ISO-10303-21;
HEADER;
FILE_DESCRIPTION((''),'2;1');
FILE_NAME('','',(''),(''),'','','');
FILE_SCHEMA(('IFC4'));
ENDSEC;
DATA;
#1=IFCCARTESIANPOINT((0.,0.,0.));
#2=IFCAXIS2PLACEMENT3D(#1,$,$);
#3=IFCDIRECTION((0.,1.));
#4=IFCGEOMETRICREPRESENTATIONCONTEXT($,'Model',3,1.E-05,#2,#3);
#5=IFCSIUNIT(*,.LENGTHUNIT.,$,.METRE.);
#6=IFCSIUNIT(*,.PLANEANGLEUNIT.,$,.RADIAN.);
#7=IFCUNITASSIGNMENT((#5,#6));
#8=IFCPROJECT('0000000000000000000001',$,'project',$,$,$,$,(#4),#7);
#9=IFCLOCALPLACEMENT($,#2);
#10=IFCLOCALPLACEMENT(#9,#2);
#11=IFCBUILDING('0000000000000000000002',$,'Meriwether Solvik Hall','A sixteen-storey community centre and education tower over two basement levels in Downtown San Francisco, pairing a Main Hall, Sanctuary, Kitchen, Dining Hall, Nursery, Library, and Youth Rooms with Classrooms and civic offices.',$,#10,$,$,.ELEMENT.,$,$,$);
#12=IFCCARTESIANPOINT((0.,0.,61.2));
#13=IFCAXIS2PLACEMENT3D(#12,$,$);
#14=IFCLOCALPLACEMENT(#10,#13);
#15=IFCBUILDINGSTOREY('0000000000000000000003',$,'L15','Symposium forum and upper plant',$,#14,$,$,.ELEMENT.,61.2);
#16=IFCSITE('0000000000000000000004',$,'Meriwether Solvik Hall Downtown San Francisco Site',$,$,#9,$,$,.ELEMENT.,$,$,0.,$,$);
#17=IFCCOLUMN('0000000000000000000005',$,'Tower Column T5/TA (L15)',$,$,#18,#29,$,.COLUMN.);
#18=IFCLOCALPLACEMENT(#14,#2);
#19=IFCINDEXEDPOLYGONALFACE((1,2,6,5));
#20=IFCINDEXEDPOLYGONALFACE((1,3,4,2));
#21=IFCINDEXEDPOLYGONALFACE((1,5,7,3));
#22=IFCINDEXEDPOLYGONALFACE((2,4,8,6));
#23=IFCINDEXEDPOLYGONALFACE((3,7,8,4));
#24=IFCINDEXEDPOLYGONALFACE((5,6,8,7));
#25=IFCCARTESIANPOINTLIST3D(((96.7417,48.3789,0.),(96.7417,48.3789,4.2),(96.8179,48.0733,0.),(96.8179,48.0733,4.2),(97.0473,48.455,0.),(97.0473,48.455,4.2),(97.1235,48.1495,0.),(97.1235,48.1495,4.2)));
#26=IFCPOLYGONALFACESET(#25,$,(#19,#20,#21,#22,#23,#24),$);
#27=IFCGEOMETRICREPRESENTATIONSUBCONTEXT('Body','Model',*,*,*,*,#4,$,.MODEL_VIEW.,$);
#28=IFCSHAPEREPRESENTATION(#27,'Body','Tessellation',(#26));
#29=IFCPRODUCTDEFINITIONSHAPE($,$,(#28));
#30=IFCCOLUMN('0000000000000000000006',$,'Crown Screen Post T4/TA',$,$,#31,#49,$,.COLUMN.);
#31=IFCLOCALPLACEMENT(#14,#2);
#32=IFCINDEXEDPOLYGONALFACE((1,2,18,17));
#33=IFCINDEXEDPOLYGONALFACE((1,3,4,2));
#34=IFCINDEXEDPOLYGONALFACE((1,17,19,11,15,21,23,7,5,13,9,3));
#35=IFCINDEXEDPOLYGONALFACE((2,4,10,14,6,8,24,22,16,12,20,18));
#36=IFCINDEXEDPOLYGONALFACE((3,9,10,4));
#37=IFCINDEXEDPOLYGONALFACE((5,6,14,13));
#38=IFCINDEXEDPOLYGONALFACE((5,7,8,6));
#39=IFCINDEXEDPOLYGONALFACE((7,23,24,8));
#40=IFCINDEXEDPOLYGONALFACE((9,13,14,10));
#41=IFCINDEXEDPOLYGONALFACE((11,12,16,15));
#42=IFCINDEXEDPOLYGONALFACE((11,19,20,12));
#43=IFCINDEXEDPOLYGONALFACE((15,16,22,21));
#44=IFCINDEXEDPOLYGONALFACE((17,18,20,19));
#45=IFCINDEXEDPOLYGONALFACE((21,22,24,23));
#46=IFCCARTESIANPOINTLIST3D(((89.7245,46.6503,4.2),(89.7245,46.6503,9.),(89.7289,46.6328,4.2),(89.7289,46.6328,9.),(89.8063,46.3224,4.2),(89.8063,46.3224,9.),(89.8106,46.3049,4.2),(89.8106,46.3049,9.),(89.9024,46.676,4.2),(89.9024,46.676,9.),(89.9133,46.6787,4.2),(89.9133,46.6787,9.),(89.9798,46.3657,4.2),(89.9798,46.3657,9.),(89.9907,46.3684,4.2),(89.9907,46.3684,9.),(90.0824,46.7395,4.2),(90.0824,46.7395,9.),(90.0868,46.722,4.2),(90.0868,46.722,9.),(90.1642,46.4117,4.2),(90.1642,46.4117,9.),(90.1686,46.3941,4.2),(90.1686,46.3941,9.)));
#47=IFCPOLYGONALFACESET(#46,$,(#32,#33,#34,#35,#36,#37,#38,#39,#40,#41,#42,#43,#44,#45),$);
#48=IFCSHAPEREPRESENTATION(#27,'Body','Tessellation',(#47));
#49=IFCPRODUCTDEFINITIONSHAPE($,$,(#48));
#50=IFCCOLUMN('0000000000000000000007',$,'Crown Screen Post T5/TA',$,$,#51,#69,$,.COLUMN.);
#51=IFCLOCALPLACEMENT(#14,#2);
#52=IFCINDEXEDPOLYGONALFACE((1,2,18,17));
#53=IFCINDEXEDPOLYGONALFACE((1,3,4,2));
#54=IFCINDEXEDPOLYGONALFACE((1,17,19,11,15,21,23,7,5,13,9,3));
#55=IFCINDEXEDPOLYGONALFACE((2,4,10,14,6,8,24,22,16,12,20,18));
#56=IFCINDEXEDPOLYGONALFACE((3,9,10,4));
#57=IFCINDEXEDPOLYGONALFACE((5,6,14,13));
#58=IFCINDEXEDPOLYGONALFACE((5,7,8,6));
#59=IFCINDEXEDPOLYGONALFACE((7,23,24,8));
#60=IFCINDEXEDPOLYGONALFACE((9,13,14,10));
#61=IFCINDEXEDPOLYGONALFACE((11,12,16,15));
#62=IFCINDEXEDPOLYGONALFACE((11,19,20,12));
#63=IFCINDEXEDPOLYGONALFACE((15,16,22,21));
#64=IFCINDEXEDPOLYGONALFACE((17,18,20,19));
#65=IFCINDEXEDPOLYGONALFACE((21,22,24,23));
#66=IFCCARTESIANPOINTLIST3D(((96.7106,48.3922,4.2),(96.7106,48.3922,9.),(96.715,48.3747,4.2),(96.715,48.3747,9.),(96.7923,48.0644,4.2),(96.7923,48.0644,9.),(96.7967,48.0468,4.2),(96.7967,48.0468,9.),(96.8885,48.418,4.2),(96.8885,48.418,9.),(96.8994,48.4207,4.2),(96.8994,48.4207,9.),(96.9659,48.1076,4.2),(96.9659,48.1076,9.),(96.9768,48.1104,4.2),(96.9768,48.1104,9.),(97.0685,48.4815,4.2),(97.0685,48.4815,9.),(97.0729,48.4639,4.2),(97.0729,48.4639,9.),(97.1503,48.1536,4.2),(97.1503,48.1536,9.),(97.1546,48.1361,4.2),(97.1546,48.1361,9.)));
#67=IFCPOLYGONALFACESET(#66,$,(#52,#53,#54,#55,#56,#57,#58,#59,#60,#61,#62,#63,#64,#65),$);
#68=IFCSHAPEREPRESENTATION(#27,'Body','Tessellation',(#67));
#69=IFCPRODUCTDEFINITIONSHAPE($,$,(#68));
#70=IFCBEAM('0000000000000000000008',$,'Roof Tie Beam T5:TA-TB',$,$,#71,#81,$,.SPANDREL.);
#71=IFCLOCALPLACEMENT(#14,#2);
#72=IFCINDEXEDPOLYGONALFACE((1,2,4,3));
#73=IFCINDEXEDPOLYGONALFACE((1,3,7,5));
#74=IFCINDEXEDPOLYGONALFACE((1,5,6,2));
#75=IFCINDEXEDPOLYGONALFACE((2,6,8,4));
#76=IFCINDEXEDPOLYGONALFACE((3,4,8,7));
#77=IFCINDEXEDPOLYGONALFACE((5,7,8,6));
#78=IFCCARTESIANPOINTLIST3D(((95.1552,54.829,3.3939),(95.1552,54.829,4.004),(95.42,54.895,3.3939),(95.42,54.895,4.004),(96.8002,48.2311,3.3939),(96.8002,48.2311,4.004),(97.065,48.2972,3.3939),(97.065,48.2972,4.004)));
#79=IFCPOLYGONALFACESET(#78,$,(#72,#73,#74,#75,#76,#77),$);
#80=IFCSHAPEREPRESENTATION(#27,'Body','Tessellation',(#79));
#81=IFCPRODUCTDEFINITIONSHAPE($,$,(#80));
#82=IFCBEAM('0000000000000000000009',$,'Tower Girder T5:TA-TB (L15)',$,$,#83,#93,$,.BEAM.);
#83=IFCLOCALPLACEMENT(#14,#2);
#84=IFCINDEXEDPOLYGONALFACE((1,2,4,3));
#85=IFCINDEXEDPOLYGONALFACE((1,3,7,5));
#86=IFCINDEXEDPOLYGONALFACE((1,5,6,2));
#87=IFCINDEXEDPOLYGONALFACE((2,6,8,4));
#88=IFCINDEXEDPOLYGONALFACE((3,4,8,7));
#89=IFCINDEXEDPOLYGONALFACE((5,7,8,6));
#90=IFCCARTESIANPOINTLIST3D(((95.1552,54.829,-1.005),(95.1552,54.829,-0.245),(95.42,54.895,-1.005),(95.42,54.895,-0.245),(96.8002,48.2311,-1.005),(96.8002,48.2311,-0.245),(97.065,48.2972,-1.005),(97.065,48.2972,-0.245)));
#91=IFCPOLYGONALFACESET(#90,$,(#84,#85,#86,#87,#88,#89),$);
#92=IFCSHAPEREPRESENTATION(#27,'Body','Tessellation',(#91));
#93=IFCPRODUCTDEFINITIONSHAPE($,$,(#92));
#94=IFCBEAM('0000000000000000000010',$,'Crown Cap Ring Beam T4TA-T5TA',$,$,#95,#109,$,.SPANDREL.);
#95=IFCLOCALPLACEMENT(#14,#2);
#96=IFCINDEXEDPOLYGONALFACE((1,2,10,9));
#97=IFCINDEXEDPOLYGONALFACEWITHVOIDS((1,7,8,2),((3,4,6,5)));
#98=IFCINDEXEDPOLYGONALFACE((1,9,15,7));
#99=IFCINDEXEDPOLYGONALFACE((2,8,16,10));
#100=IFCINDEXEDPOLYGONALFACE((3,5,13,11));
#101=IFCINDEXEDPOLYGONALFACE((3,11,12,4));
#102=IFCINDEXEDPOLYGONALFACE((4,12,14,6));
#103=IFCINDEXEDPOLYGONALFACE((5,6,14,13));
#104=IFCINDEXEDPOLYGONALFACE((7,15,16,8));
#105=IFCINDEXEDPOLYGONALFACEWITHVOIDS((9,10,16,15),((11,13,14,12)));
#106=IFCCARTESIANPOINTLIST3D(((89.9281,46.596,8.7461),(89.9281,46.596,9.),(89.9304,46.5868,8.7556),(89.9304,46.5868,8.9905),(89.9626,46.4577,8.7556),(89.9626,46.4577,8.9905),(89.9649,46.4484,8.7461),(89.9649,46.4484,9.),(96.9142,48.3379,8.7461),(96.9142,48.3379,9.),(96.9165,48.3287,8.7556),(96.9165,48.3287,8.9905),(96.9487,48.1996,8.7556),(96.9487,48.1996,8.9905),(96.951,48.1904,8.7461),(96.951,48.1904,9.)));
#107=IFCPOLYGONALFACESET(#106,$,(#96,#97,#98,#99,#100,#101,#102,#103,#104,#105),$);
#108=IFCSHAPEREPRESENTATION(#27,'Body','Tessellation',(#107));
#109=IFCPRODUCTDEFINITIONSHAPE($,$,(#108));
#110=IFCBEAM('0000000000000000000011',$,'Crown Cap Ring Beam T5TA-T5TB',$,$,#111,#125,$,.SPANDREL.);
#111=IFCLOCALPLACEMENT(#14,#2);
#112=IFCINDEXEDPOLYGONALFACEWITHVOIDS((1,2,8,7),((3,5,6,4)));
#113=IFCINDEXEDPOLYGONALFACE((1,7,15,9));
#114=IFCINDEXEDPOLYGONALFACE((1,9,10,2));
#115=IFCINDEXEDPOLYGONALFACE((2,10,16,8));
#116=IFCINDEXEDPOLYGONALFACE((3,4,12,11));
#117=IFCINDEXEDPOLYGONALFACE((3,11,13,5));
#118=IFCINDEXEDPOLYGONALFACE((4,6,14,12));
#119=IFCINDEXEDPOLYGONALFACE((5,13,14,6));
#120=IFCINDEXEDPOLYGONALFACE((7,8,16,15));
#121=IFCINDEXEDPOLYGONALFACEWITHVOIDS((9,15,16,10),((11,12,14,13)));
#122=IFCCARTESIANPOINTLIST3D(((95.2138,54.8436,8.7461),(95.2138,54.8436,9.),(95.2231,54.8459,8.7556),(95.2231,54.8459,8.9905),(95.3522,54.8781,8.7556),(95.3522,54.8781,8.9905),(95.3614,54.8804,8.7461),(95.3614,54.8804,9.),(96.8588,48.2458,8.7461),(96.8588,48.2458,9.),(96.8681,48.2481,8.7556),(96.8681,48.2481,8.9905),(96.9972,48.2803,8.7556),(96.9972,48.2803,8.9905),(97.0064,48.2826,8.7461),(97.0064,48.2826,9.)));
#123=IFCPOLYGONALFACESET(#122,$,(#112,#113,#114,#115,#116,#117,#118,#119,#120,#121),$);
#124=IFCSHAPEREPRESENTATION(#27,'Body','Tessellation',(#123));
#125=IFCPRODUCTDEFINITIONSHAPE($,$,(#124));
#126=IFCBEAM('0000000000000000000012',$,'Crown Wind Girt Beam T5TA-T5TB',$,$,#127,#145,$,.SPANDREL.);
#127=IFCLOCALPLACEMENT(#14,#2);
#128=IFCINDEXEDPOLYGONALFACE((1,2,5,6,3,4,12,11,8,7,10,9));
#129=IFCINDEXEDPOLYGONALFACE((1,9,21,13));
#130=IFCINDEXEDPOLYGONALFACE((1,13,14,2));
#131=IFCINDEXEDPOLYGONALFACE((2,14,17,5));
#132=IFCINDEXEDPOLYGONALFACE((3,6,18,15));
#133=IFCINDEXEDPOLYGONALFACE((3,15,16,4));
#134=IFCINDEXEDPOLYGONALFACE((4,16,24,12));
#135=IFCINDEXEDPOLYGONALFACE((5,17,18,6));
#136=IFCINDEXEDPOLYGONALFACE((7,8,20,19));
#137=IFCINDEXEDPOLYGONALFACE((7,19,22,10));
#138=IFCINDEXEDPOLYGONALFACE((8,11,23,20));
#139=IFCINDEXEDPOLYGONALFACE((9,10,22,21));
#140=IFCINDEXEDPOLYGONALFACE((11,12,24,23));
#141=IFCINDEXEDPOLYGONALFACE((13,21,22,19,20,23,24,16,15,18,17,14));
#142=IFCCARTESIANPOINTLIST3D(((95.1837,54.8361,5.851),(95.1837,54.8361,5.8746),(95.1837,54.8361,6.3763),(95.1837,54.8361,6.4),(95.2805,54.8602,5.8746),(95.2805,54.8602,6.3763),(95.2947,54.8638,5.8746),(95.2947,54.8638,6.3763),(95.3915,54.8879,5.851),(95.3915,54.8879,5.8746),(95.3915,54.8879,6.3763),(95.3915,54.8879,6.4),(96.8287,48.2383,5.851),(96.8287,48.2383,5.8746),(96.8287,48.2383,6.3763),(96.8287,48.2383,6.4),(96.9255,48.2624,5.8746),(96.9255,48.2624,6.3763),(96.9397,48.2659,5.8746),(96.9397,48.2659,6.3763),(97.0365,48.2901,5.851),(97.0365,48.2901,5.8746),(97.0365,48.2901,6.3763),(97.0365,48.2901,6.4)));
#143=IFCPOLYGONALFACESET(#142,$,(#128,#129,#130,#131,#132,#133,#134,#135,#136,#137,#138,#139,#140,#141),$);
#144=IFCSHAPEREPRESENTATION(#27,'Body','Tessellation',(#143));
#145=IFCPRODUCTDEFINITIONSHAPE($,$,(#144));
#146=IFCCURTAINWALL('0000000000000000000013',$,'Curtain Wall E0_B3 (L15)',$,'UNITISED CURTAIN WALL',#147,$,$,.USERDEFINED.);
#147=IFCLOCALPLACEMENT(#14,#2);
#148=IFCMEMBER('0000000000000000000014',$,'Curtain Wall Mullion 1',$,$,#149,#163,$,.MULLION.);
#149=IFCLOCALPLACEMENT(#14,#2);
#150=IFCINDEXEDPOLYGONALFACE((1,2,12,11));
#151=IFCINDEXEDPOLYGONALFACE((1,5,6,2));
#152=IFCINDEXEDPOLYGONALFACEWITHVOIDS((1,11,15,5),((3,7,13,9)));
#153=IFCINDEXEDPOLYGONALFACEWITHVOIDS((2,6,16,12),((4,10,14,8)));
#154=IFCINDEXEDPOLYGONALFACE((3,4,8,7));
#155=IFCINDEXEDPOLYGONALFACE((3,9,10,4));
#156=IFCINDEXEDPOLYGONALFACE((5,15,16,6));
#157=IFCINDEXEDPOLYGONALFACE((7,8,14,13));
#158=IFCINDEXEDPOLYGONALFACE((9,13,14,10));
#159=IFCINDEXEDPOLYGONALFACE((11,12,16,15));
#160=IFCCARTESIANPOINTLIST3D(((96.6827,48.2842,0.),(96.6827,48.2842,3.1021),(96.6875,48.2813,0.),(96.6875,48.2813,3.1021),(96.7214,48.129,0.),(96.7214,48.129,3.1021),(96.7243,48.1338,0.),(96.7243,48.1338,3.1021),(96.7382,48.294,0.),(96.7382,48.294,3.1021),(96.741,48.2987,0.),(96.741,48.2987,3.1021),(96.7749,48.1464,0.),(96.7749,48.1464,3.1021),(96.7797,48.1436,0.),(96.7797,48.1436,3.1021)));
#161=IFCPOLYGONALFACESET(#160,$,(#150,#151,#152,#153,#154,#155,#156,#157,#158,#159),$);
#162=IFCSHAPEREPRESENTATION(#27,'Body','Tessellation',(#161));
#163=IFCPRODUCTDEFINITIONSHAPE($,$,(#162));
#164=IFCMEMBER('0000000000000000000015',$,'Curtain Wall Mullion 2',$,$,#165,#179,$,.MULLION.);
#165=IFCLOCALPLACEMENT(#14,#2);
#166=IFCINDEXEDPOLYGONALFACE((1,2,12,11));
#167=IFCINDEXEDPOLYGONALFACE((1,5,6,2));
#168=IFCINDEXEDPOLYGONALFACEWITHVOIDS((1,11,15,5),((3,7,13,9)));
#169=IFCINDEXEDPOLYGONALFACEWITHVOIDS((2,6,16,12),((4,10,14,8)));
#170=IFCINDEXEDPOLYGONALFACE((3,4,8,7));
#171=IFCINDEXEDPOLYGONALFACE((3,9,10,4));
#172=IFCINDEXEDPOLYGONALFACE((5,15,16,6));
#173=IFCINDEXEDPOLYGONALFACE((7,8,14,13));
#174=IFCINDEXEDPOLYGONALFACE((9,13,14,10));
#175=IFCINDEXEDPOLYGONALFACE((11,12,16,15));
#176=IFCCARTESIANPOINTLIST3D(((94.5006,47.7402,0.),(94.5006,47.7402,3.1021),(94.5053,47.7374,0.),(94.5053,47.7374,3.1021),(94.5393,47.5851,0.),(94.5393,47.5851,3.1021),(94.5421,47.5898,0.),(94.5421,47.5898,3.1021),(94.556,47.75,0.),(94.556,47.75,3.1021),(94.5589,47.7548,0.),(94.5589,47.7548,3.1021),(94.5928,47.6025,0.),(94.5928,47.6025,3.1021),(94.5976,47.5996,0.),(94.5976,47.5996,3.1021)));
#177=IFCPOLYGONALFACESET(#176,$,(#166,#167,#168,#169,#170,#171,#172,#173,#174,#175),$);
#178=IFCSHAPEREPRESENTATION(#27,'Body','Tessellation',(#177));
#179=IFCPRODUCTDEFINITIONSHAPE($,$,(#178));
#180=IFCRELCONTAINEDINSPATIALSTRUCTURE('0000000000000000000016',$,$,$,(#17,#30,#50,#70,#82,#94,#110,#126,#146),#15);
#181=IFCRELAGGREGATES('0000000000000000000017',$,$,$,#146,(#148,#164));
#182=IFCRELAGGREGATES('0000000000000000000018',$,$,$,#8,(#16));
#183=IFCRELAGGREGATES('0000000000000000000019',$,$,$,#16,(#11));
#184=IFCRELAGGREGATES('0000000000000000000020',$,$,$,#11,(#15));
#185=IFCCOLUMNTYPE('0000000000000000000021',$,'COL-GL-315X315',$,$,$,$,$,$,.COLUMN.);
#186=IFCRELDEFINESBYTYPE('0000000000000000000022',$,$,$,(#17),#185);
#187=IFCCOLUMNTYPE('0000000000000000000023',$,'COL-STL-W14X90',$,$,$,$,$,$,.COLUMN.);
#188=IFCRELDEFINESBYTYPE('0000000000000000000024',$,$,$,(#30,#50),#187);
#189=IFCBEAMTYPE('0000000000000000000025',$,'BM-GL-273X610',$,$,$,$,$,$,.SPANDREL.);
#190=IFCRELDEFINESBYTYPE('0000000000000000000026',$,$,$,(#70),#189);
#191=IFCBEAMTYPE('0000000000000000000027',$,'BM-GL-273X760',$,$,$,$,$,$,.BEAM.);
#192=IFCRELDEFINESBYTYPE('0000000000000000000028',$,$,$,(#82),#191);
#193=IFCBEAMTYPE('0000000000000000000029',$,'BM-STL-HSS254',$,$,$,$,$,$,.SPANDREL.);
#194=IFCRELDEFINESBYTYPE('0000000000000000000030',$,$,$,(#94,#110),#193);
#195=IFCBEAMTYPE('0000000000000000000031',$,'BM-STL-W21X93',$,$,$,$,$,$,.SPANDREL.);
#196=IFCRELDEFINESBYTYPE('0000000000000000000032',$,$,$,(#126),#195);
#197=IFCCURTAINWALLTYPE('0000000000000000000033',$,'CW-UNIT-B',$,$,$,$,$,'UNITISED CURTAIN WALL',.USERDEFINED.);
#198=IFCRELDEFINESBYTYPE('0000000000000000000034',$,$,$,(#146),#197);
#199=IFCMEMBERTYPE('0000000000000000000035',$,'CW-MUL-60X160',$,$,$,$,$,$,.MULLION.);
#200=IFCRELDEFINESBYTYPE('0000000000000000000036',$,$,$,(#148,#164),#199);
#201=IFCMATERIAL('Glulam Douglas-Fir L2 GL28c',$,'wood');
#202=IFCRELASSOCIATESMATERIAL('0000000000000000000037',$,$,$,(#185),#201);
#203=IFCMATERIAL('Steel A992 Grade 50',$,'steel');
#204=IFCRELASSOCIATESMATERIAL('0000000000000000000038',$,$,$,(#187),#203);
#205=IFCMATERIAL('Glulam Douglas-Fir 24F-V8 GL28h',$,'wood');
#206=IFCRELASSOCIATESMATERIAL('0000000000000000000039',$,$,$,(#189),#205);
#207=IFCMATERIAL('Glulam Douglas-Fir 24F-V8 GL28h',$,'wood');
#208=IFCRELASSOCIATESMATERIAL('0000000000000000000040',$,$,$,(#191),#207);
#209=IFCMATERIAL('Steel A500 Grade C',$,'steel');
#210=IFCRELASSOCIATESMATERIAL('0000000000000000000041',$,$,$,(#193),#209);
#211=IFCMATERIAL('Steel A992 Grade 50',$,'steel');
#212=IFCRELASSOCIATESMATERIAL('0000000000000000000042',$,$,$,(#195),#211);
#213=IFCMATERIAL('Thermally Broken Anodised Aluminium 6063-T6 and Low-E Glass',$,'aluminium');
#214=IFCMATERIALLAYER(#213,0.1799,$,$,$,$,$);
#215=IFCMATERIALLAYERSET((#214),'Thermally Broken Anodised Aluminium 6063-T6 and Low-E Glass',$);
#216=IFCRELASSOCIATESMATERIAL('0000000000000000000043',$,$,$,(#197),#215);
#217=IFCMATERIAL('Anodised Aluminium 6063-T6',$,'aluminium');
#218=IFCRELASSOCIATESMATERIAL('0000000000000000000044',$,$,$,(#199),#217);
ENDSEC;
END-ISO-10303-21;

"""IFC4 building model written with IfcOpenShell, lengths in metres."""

from ifc_helpers import new_model, si_unit, direction, frame, origin, origin_2d, place, context, subcontext, project, spatial, rectangle, hollow_rectangle, i_section, extrude, material, layer, layer_set, material_profile, profile_set, type_object, element, aggregate, save


model = new_model("IFC4")

# Units and contexts
model_context = context("Model", 3, precision=1e-05, world=origin(), true_north=direction((0.0, 1.0)))
body_context = subcontext(model_context, "Body", "Model", "MODEL_VIEW")
ifc_project = project(units=[si_unit("LENGTHUNIT", "METRE"), si_unit("PLANEANGLEUNIT", "RADIAN")], contexts=[model_context])

# Site, building, storey
site_placement = place(None, origin())
site = spatial("IfcSite", under=ifc_project, at=site_placement, Name="Meriwether Solvik Hall Downtown San Francisco Site", CompositionType="ELEMENT", RefElevation=0.0)
building_placement = place(site_placement, origin())
building = spatial("IfcBuilding", under=site, at=building_placement, Name="Meriwether Solvik Hall", Description="A sixteen-storey community centre and education tower over two basement levels in Downtown San Francisco, pairing a Main Hall, Sanctuary, Kitchen, Dining Hall, Nursery, Library, and Youth Rooms with Classrooms and civic offices.", CompositionType="ELEMENT")
storey_placement = place(building_placement, frame((0.0, 0.0, 61.2)))
storey = spatial("IfcBuildingStorey", under=building, at=storey_placement, Name="L15", Description="Symposium forum and upper plant", CompositionType="ELEMENT", Elevation=61.2)

# Columns
ifc_material_1 = material(Name="Glulam Douglas-Fir L2 GL28c", Category="wood")
ifc_material_profile_1 = material_profile(ifc_material_1, rectangle(XDim=0.3149, YDim=0.3149, at=origin_2d()), Name="GLC-315X315")
ifc_profile_set_1 = profile_set([ifc_material_profile_1], Name="Glulam Douglas-Fir L2 GL28c")
column_type_1 = type_object("IfcColumnType", Name="COL-GL-315X315", PredefinedType="COLUMN", material=ifc_profile_set_1)
column_placement = place(storey_placement, frame((96.9326, 48.2642, 0.0), z_axis=(0.0, 0.0, 1.0), x_axis=(0.970296, 0.241922, 0.0)))
element("IfcColumn", 1, at=column_placement, inside=storey, type_object=column_type_1, Name="Tower Column T5/TA (L15)", PredefinedType="COLUMN", context=body_context, shape_type="SweptSolid", body=[
    extrude(rectangle(XDim=0.3149, YDim=0.3149, at=origin_2d()), origin(), (0.0, 0.0, 1.0), 4.2),
])
ifc_material_2 = material(Name="Steel A992 Grade 50", Category="steel")
ifc_material_profile_2 = material_profile(ifc_material_2, i_section(OverallWidth=0.3689, OverallDepth=0.356, WebThickness=0.0112, FlangeThickness=0.0181, at=origin_2d()), Name="W14X90")
ifc_profile_set_2 = profile_set([ifc_material_profile_2], Name="Steel A992 Grade 50")
column_type_2 = type_object("IfcColumnType", Name="COL-STL-W14X90", PredefinedType="COLUMN", material=ifc_profile_set_2)
for number, where, z_axis, x_axis, name in (
    (2, (89.9465, 46.5222, 4.2), (0.0, 0.0, 1.0), (0.970296, 0.241922, 0.0), "Crown Screen Post T4/TA"),
    (3, (96.9326, 48.2642, 4.2), (0.0, 0.0, 1.0), (0.970296, 0.241922, 0.0), "Crown Screen Post T5/TA"),
):
    element("IfcColumn", number, at=place(storey_placement, frame(where, z_axis=z_axis, x_axis=x_axis)), inside=storey, type_object=column_type_2, Name=name, PredefinedType="COLUMN", context=body_context, shape_type="SweptSolid", body=[
        extrude(i_section(OverallWidth=0.3689, OverallDepth=0.356, WebThickness=0.0112, FlangeThickness=0.0181, at=origin_2d()), origin(), (0.0, 0.0, 1.0), 4.8),
    ])

# Beams
ifc_material_3 = material(Name="Glulam Douglas-Fir 24F-V8 GL28h", Category="wood")
ifc_material_profile_3 = material_profile(ifc_material_3, rectangle(XDim=0.2729, YDim=0.6101, at=origin_2d()), Name="GLB-273X610")
ifc_profile_set_3 = profile_set([ifc_material_profile_3], Name="Glulam Douglas-Fir 24F-V8 GL28h")
beam_type_1 = type_object("IfcBeamType", Name="BM-GL-273X610", PredefinedType="SPANDREL", material=ifc_profile_set_3)
beam_1_placement = place(storey_placement, frame((96.9326, 48.2642, 3.699), z_axis=(-0.241919, 0.970296, 0.0), x_axis=(-0.970296, -0.241919, 0.0)))
element("IfcBeam", 4, at=beam_1_placement, inside=storey, type_object=beam_type_1, Name="Roof Tie Beam T5:TA-TB", PredefinedType="SPANDREL", context=body_context, shape_type="SweptSolid", body=[
    extrude(rectangle(XDim=0.2729, YDim=0.6101, at=origin_2d()), origin(), (0.0, 0.0, 1.0), 6.7998),
])
ifc_material_4 = material(Name="Glulam Douglas-Fir 24F-V8 GL28h", Category="wood")
ifc_material_profile_4 = material_profile(ifc_material_4, rectangle(XDim=0.2729, YDim=0.76, at=origin_2d()), Name="GLB-273X760")
ifc_profile_set_4 = profile_set([ifc_material_profile_4], Name="Glulam Douglas-Fir 24F-V8 GL28h")
beam_type_2 = type_object("IfcBeamType", Name="BM-GL-273X760", PredefinedType="BEAM", material=ifc_profile_set_4)
beam_2_placement = place(storey_placement, frame((96.9326, 48.2642, -0.625), z_axis=(-0.241919, 0.970296, 0.0), x_axis=(-0.970296, -0.241919, 0.0)))
element("IfcBeam", 5, at=beam_2_placement, inside=storey, type_object=beam_type_2, Name="Tower Girder T5:TA-TB (L15)", PredefinedType="BEAM", context=body_context, shape_type="SweptSolid", body=[
    extrude(rectangle(XDim=0.2729, YDim=0.76, at=origin_2d()), origin(), (0.0, 0.0, 1.0), 6.7998),
])
ifc_material_5 = material(Name="Steel A500 Grade C", Category="steel")
ifc_material_profile_5 = material_profile(ifc_material_5, hollow_rectangle(XDim=0.1521, YDim=0.2539, WallThickness=0.0095, at=origin_2d()), Name="HSS254X152X9.5")
ifc_profile_set_5 = profile_set([ifc_material_profile_5], Name="Steel A500 Grade C")
beam_type_3 = type_object("IfcBeamType", Name="BM-STL-HSS254", PredefinedType="SPANDREL", material=ifc_profile_set_5)
beam_3_placement = place(storey_placement, frame((89.9465, 46.5222, 8.873), z_axis=(0.970292, 0.241937, 0.0), x_axis=(-0.241937, 0.970292, 0.0)))
element("IfcBeam", 6, at=beam_3_placement, inside=storey, type_object=beam_type_3, Name="Crown Cap Ring Beam T4TA-T5TA", PredefinedType="SPANDREL", context=body_context, shape_type="SweptSolid", body=[
    extrude(hollow_rectangle(XDim=0.1521, YDim=0.2539, WallThickness=0.0095, at=origin_2d()), origin(), (0.0, 0.0, 1.0), 7.2),
])
beam_4_placement = place(storey_placement, frame((96.9326, 48.2642, 8.873), z_axis=(-0.241919, 0.970296, 0.0), x_axis=(-0.970296, -0.241919, 0.0)))
element("IfcBeam", 7, at=beam_4_placement, inside=storey, type_object=beam_type_3, Name="Crown Cap Ring Beam T5TA-T5TB", PredefinedType="SPANDREL", context=body_context, shape_type="SweptSolid", body=[
    extrude(hollow_rectangle(XDim=0.1521, YDim=0.2539, WallThickness=0.0095, at=origin_2d()), origin(), (0.0, 0.0, 1.0), 6.7998),
])
ifc_material_6 = material(Name="Steel A992 Grade 50", Category="steel")
ifc_material_profile_6 = material_profile(ifc_material_6, i_section(OverallWidth=0.2141, OverallDepth=0.5491, WebThickness=0.0146, FlangeThickness=0.0237, at=origin_2d()), Name="W21X93")
ifc_profile_set_6 = profile_set([ifc_material_profile_6], Name="Steel A992 Grade 50")
beam_type_4 = type_object("IfcBeamType", Name="BM-STL-W21X93", PredefinedType="SPANDREL", material=ifc_profile_set_6)
beam_5_placement = place(storey_placement, frame((96.9326, 48.2642, 6.1255), z_axis=(-0.241919, 0.970296, 0.0), x_axis=(-0.970296, -0.241919, 0.0)))
element("IfcBeam", 8, at=beam_5_placement, inside=storey, type_object=beam_type_4, Name="Crown Wind Girt Beam T5TA-T5TB", PredefinedType="SPANDREL", context=body_context, shape_type="SweptSolid", body=[
    extrude(i_section(OverallWidth=0.2141, OverallDepth=0.5491, WebThickness=0.0146, FlangeThickness=0.0237, at=origin_2d()), origin(), (0.0, 0.0, 1.0), 6.7998),
])

# Curtain wall, members
ifc_material_7 = material(Name="Thermally Broken Anodised Aluminium 6063-T6 and Low-E Glass", Category="aluminium")
ifc_layer_1 = layer(ifc_material_7, 0.1799)
ifc_layer_set_1 = layer_set([ifc_layer_1], Name="Thermally Broken Anodised Aluminium 6063-T6 and Low-E Glass")
curtain_wall_type_1 = type_object("IfcCurtainWallType", Name="CW-UNIT-B", ElementType="UNITISED CURTAIN WALL", PredefinedType="USERDEFINED", material=ifc_layer_set_1)
curtain_wall_1_placement = place(storey_placement, origin())
curtain_wall_1 = element("IfcCurtainWall", 9, at=curtain_wall_1_placement, inside=storey, type_object=curtain_wall_type_1, Name="Curtain Wall E0_B3 (L15)", ObjectType="UNITISED CURTAIN WALL", PredefinedType="USERDEFINED")
ifc_material_8 = material(Name="Anodised Aluminium 6063-T6", Category="aluminium")
ifc_material_profile_7 = material_profile(ifc_material_8, hollow_rectangle(XDim=0.0601, YDim=0.1599, WallThickness=0.0039, at=origin_2d()), Name="CWM-60X160")
ifc_profile_set_7 = profile_set([ifc_material_profile_7], Name="Anodised Aluminium 6063-T6")
member_type_1 = type_object("IfcMemberType", Name="CW-MUL-60X160", PredefinedType="MULLION", material=ifc_profile_set_7)
member_1_placement = place(storey_placement, frame((96.7312, 48.2139, 0.0), z_axis=(0.0, 0.0, 1.0), x_axis=(-0.970296, -0.241922, 0.0)))
member_1 = element("IfcMember", 10, at=member_1_placement, type_object=member_type_1, Name="Curtain Wall Mullion 1", PredefinedType="MULLION", context=body_context, shape_type="SweptSolid", body=[
    extrude(hollow_rectangle(XDim=0.0601, YDim=0.1599, WallThickness=0.0039, at=origin_2d()), origin(), (0.0, 0.0, 1.0), 3.1021),
])
member_2_placement = place(storey_placement, frame((94.5491, 47.6699, 0.0), z_axis=(0.0, 0.0, 1.0), x_axis=(-0.970296, -0.241922, 0.0)))
member_2 = element("IfcMember", 11, at=member_2_placement, type_object=member_type_1, Name="Curtain Wall Mullion 2", PredefinedType="MULLION", context=body_context, shape_type="SweptSolid", body=[
    extrude(hollow_rectangle(XDim=0.0601, YDim=0.1599, WallThickness=0.0039, at=origin_2d()), origin(), (0.0, 0.0, 1.0), 3.1021),
])

aggregate(curtain_wall_1, [member_1, member_2])

save(model, "model.ifc")
